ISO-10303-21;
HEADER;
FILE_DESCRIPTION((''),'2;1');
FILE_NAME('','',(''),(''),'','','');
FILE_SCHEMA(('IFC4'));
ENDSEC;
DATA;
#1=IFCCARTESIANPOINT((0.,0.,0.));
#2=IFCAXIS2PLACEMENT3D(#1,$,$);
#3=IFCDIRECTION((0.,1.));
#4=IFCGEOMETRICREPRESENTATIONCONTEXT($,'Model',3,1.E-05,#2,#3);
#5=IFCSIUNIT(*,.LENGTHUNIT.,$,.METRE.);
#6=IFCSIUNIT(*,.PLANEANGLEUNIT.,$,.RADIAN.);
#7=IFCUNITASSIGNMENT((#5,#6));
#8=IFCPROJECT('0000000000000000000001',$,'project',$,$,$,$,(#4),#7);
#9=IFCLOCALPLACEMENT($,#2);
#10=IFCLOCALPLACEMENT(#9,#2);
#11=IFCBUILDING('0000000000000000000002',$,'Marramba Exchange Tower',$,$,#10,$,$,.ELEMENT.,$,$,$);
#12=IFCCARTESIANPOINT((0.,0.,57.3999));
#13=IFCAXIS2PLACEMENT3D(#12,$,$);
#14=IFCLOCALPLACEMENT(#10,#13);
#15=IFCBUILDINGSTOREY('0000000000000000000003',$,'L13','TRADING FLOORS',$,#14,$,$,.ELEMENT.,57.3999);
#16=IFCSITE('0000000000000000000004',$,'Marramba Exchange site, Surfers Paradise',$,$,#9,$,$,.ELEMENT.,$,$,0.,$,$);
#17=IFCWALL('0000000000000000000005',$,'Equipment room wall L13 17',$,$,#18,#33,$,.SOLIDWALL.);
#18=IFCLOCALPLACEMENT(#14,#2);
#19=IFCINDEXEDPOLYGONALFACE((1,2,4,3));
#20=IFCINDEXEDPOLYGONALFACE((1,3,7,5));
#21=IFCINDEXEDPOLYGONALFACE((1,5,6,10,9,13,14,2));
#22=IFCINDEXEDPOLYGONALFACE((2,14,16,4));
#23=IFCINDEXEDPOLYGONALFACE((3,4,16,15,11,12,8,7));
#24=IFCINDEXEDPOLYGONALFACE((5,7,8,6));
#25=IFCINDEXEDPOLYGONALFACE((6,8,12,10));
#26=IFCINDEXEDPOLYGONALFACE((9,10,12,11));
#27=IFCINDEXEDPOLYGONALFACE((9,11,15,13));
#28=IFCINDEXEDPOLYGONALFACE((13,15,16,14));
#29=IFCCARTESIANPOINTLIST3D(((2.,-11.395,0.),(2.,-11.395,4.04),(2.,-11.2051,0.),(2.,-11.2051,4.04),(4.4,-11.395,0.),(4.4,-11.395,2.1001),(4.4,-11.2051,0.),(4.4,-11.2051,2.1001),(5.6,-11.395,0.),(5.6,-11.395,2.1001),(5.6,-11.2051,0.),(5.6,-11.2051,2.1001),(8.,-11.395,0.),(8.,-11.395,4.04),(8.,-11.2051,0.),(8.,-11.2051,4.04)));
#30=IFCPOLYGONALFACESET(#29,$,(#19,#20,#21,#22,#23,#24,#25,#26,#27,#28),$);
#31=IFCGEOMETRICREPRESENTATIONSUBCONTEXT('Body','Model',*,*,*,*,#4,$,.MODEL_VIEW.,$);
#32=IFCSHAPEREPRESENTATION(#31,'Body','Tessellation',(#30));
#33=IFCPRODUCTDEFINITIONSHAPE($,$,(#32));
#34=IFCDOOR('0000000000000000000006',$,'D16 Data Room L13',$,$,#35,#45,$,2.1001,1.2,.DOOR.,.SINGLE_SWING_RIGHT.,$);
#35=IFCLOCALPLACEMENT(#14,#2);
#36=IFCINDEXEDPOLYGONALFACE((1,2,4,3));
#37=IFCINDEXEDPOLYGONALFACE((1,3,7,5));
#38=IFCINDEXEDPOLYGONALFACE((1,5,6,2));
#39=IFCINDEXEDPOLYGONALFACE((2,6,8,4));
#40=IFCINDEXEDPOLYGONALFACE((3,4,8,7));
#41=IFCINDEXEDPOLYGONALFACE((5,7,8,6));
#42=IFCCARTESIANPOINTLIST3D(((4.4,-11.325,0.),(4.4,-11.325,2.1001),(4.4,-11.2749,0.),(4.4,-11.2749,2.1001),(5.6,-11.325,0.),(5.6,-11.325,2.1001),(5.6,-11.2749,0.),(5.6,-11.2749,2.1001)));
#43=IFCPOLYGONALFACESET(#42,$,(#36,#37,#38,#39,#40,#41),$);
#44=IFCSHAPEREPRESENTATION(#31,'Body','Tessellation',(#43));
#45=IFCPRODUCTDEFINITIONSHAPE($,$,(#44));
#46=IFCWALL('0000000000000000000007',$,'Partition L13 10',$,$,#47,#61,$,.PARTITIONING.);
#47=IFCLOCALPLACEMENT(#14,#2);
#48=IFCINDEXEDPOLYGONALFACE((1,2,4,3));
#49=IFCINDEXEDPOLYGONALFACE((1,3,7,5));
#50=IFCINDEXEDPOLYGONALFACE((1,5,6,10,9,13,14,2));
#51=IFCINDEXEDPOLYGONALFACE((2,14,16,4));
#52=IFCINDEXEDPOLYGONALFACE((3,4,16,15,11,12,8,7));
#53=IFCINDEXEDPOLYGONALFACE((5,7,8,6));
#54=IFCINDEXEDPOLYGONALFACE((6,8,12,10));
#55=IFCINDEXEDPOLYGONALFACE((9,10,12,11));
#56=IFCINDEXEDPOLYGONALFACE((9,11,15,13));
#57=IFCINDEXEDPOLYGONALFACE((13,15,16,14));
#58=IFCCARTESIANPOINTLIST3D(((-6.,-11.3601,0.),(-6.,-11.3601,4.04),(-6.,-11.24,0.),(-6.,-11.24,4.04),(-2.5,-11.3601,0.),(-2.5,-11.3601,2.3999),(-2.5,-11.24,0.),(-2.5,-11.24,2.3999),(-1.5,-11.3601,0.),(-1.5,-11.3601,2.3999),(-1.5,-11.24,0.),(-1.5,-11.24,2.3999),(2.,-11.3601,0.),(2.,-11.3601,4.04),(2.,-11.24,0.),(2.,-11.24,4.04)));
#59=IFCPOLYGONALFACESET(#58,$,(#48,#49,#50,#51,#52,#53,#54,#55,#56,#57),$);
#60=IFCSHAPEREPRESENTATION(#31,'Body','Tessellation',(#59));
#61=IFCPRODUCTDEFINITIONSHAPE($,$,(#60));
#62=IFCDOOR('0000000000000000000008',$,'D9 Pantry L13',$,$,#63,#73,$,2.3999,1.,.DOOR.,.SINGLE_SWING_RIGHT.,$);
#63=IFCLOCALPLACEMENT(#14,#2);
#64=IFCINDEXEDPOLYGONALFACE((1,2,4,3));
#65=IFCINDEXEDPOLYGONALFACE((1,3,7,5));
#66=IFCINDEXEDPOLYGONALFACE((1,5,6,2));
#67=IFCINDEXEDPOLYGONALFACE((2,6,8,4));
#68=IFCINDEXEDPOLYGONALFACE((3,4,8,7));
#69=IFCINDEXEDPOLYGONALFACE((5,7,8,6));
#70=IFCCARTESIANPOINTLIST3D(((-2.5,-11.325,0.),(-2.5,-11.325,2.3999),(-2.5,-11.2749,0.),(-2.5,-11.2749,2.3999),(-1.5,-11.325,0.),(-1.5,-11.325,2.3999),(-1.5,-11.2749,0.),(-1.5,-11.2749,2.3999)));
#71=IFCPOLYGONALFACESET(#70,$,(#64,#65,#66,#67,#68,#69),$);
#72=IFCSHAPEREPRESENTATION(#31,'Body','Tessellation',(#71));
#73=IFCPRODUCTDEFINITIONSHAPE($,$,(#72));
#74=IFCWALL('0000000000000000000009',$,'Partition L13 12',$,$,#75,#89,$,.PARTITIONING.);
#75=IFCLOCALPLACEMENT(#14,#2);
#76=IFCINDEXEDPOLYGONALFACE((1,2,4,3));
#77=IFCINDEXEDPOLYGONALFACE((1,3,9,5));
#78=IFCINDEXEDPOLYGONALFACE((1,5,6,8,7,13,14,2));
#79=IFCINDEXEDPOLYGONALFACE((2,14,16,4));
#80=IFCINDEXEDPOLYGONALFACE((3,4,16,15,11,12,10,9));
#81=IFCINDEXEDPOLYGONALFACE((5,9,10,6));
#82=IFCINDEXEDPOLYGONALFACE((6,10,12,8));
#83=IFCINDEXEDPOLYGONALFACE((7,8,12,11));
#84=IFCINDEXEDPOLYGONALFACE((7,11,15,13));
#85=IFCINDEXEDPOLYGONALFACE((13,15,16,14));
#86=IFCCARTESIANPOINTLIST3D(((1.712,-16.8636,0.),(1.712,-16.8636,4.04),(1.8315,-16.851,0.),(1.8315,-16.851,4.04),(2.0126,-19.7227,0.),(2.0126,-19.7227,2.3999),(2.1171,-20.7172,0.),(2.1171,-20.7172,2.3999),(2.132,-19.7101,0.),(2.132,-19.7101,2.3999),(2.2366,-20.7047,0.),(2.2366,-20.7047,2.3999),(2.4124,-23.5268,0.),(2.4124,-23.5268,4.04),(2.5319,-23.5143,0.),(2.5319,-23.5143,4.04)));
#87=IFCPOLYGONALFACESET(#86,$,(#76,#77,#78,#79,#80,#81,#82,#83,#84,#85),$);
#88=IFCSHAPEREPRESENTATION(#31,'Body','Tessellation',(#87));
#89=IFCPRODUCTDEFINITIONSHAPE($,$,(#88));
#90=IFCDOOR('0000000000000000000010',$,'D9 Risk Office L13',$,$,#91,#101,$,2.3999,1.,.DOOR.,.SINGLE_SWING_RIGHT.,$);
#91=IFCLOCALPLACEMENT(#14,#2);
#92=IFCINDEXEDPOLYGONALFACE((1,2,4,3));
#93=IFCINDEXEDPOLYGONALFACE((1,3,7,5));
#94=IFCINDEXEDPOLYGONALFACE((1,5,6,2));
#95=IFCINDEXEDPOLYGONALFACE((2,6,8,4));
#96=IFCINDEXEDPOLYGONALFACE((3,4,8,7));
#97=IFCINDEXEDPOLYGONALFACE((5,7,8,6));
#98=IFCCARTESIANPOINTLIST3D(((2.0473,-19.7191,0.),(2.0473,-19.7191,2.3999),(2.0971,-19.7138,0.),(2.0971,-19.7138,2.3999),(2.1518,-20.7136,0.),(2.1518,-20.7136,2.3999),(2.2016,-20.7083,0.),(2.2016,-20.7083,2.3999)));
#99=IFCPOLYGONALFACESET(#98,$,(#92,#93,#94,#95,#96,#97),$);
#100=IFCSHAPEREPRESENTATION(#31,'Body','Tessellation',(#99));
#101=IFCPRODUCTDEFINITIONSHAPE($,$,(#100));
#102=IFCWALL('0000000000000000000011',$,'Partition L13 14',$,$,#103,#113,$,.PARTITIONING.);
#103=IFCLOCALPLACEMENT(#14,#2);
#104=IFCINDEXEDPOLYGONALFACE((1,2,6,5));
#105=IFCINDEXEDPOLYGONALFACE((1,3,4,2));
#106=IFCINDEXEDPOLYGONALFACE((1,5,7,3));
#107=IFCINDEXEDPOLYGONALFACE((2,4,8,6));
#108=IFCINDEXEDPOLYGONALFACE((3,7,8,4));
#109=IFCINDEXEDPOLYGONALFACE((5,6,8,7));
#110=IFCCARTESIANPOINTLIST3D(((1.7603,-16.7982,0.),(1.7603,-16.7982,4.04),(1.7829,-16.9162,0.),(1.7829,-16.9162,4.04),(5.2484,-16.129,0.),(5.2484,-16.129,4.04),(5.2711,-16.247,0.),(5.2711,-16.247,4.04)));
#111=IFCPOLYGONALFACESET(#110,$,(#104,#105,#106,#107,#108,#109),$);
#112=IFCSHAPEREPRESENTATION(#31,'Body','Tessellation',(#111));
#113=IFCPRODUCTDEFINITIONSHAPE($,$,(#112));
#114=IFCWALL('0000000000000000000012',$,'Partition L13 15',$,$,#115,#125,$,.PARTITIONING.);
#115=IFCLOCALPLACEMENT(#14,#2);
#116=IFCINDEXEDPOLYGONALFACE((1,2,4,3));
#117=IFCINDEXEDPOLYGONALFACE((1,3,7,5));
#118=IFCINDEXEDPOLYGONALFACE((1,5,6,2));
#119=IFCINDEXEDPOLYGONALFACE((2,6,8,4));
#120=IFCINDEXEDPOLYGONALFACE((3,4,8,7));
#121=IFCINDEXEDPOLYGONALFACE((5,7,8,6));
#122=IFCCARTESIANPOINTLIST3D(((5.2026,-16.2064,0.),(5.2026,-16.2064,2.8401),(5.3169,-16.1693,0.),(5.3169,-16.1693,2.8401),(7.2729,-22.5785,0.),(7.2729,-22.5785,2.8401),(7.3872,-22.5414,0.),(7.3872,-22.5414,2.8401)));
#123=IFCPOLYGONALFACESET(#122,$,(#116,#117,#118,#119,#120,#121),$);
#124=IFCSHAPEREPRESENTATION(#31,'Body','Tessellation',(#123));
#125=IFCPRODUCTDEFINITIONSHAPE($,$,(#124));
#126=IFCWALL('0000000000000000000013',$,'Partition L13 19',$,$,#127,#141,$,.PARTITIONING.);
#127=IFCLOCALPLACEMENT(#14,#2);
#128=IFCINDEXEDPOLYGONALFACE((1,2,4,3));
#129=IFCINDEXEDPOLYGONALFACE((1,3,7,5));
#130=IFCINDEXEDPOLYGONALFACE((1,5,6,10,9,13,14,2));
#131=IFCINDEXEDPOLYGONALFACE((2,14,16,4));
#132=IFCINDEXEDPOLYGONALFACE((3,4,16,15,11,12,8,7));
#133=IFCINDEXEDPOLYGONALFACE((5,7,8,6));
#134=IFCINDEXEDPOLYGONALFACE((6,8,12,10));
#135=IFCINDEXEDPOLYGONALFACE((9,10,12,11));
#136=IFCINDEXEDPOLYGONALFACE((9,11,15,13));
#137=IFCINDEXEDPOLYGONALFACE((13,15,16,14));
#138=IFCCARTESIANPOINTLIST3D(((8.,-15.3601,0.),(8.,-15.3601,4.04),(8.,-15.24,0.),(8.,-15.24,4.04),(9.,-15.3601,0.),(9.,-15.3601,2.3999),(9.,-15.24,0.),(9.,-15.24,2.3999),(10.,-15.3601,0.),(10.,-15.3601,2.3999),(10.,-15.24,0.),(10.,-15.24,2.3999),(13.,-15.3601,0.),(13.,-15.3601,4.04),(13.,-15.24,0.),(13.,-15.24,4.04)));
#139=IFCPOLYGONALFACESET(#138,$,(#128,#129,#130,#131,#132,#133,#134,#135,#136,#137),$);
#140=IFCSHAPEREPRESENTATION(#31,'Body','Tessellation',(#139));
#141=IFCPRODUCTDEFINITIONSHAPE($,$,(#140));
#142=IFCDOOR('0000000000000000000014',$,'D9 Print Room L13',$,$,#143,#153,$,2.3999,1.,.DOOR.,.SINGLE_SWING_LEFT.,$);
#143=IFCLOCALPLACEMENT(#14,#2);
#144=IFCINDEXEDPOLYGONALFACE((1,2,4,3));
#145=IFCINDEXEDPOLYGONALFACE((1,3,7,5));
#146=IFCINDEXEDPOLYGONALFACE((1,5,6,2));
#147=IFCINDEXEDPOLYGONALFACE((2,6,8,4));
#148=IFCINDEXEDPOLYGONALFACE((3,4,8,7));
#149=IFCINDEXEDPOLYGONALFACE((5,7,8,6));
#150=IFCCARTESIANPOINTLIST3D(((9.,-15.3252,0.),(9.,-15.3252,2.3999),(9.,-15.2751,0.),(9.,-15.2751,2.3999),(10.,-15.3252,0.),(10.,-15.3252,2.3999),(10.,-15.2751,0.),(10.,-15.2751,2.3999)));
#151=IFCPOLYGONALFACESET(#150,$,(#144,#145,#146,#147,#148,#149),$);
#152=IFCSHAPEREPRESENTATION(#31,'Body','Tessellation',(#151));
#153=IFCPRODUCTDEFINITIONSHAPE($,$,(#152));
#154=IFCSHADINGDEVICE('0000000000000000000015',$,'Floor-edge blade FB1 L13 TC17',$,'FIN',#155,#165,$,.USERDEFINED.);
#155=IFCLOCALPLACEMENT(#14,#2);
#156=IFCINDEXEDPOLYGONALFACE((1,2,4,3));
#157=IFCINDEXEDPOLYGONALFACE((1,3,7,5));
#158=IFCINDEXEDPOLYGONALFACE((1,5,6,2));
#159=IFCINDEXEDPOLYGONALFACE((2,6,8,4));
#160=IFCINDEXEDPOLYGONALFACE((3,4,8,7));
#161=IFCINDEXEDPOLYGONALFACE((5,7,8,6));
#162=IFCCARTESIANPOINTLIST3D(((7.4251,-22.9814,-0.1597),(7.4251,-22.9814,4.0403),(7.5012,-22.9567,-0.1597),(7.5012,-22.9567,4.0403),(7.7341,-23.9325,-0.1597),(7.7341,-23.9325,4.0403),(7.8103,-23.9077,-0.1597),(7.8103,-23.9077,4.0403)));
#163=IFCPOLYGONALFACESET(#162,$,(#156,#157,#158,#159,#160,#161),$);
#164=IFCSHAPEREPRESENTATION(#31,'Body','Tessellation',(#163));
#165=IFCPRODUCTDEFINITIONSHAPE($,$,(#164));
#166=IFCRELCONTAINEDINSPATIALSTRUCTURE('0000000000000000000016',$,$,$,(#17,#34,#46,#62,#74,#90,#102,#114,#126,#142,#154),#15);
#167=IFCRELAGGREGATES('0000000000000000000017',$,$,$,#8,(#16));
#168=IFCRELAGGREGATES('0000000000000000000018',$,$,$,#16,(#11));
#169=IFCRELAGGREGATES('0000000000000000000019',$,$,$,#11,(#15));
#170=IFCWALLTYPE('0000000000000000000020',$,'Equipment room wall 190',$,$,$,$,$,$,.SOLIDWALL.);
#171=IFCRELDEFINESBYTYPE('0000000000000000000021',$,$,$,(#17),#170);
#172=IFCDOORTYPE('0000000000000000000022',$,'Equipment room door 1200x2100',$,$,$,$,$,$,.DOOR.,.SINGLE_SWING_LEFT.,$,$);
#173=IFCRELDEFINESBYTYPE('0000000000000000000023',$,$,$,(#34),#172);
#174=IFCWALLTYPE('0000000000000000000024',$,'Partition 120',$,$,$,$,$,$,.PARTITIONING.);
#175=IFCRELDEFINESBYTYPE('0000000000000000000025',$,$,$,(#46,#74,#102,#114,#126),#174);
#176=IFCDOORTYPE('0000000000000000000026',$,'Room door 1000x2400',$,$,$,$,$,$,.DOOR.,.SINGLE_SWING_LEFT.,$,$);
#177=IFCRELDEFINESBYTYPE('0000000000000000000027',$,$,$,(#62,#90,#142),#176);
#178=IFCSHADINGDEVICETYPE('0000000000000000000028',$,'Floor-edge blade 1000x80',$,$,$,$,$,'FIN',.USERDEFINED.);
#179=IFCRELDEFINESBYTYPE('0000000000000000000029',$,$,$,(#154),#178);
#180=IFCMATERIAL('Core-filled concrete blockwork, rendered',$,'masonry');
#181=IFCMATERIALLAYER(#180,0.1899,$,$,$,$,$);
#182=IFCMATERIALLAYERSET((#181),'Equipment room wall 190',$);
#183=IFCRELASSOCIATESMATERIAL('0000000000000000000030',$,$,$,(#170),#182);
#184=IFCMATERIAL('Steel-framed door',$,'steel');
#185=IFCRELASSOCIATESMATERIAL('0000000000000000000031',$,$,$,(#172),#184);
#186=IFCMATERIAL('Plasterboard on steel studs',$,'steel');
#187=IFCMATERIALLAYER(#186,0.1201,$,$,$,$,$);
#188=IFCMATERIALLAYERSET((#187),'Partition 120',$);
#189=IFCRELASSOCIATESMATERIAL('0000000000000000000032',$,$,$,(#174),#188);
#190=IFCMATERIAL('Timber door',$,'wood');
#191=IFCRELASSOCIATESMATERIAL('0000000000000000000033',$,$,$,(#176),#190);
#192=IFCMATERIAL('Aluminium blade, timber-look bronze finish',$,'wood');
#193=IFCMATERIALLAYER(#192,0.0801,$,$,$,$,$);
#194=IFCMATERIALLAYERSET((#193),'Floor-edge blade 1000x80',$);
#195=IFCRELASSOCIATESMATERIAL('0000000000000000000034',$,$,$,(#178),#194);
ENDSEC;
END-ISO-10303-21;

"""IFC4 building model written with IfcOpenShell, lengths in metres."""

from ifc_helpers import new_model, si_unit, direction, frame, frame_2d, origin, origin_2d, place, context, subcontext, project, spatial, rectangle, extrude, material, layer, layer_set, type_object, element, fill, save


model = new_model("IFC4")

# Units and contexts
model_context = context("Model", 3, precision=1e-05, world=origin(), true_north=direction((0.0, 1.0)))
body_context = subcontext(model_context, "Body", "Model", "MODEL_VIEW")
ifc_project = project(units=[si_unit("LENGTHUNIT", "METRE"), si_unit("PLANEANGLEUNIT", "RADIAN")], contexts=[model_context])

# Site, building, storey
site_placement = place(None, origin())
site = spatial("IfcSite", under=ifc_project, at=site_placement, Name="Marramba Exchange site, Surfers Paradise", CompositionType="ELEMENT", RefElevation=0.0)
building_placement = place(site_placement, origin())
building = spatial("IfcBuilding", under=site, at=building_placement, Name="Marramba Exchange Tower", CompositionType="ELEMENT")
storey_placement = place(building_placement, frame((0.0, 0.0, 57.3999)))
storey = spatial("IfcBuildingStorey", under=building, at=storey_placement, Name="L13", Description="TRADING FLOORS", CompositionType="ELEMENT", Elevation=57.3999)

# Shared definitions
ifc_material_1 = material(Name="Core-filled concrete blockwork, rendered", Category="masonry")
ifc_layer_1 = layer(ifc_material_1, 0.1899)
ifc_layer_set_1 = layer_set([ifc_layer_1], Name="Equipment room wall 190")
wall_type_1 = type_object("IfcWallType", Name="Equipment room wall 190", PredefinedType="SOLIDWALL", material=ifc_layer_set_1)

# Walls, openings, doors
wall_1_placement = place(storey_placement, frame((8.0, -11.3, 0.0), z_axis=(0.0, 0.0, 1.0), x_axis=(-1.0, 0.0, 0.0)))
wall_1 = element("IfcWall", 1, at=wall_1_placement, inside=storey, type_object=wall_type_1, Name="Equipment room wall L13 17", PredefinedType="SOLIDWALL", context=body_context, shape_type="SweptSolid", body=[
    extrude(rectangle(XDim=6.0, YDim=0.1899, at=frame_2d((3.0, 0.0))), origin(), (0.0, 0.0, 1.0), 4.04),
])
opening_1_placement = place(wall_1_placement, frame((2.3999, 0.0, 0.0)))
opening_1 = element("IfcOpeningElement", 2, at=opening_1_placement, cuts=wall_1, PredefinedType="OPENING", context=body_context, shape_type="SweptSolid", body=[
    extrude(rectangle(XDim=1.2, YDim=2.1001, at=frame_2d((0.6001, 1.05))), frame((0.0, 0.105, 0.0), z_axis=(0.0, -1.0, 0.0), x_axis=(1.0, 0.0, 0.0)), (0.0, 0.0, 1.0), 0.21),
])
ifc_material_2 = material(Name="Steel-framed door", Category="steel")
door_type_1 = type_object("IfcDoorType", Name="Equipment room door 1200x2100", OperationType="SINGLE_SWING_LEFT", PredefinedType="DOOR", material=ifc_material_2)
door_1_placement = place(opening_1_placement, origin())
door_1 = element("IfcDoor", 3, at=door_1_placement, inside=storey, type_object=door_type_1, Name="D16 Data Room L13", OperationType="SINGLE_SWING_RIGHT", OverallHeight=2.1001, OverallWidth=1.2, PredefinedType="DOOR", context=body_context, shape_type="SweptSolid", body=[
    extrude(rectangle(XDim=1.2, YDim=2.1001, at=frame_2d((0.6001, 1.05))), frame((0.0, 0.0249, 0.0), z_axis=(0.0, -1.0, 0.0), x_axis=(1.0, 0.0, 0.0)), (0.0, 0.0, 1.0), 0.05),
])
fill(opening_1, door_1)
ifc_material_3 = material(Name="Plasterboard on steel studs", Category="steel")
ifc_layer_2 = layer(ifc_material_3, 0.1201)
ifc_layer_set_2 = layer_set([ifc_layer_2], Name="Partition 120")
wall_type_2 = type_object("IfcWallType", Name="Partition 120", PredefinedType="PARTITIONING", material=ifc_layer_set_2)
wall_2_placement = place(storey_placement, frame((2.0, -11.3, 0.0), z_axis=(0.0, 0.0, 1.0), x_axis=(-1.0, 0.0, 0.0)))
wall_2 = element("IfcWall", 4, at=wall_2_placement, inside=storey, type_object=wall_type_2, Name="Partition L13 10", PredefinedType="PARTITIONING", context=body_context, shape_type="SweptSolid", body=[
    extrude(rectangle(XDim=8.0, YDim=0.1201, at=frame_2d((4.0, 0.0))), origin(), (0.0, 0.0, 1.0), 4.04),
])
opening_2_placement = place(wall_2_placement, frame((3.5, 0.0, 0.0)))
opening_2 = element("IfcOpeningElement", 5, at=opening_2_placement, cuts=wall_2, PredefinedType="OPENING", context=body_context, shape_type="SweptSolid", body=[
    extrude(rectangle(XDim=1.0, YDim=2.3999, at=frame_2d((0.5, 1.2))), frame((0.0, 0.0701, 0.0), z_axis=(0.0, -1.0, 0.0), x_axis=(1.0, 0.0, 0.0)), (0.0, 0.0, 1.0), 0.1401),
])
ifc_material_4 = material(Name="Timber door", Category="wood")
door_type_2 = type_object("IfcDoorType", Name="Room door 1000x2400", OperationType="SINGLE_SWING_LEFT", PredefinedType="DOOR", material=ifc_material_4)
door_2_placement = place(opening_2_placement, origin())
door_2 = element("IfcDoor", 6, at=door_2_placement, inside=storey, type_object=door_type_2, Name="D9 Pantry L13", OperationType="SINGLE_SWING_RIGHT", OverallHeight=2.3999, OverallWidth=1.0, PredefinedType="DOOR", context=body_context, shape_type="SweptSolid", body=[
    extrude(rectangle(XDim=1.0, YDim=2.3999, at=frame_2d((0.5, 1.2))), frame((0.0, 0.0249, 0.0), z_axis=(0.0, -1.0, 0.0), x_axis=(1.0, 0.0, 0.0)), (0.0, 0.0, 1.0), 0.05),
])
fill(opening_2, door_2)
wall_3_placement = place(storey_placement, frame((1.7717, -16.8572, 0.0), z_axis=(0.0, 0.0, 1.0), x_axis=(0.104543, -0.99452, 0.0)))
wall_3 = element("IfcWall", 7, at=wall_3_placement, inside=storey, type_object=wall_type_2, Name="Partition L13 12", PredefinedType="PARTITIONING", context=body_context, shape_type="SweptSolid", body=[
    extrude(rectangle(XDim=6.7, YDim=0.1201, at=frame_2d((3.3501, 0.0))), origin(), (0.0, 0.0, 1.0), 4.04),
])
opening_3_placement = place(wall_3_placement, frame((2.875, 0.0, 0.0)))
opening_3 = element("IfcOpeningElement", 8, at=opening_3_placement, cuts=wall_3, PredefinedType="OPENING", context=body_context, shape_type="SweptSolid", body=[
    extrude(rectangle(XDim=1.0, YDim=2.3999, at=frame_2d((0.5, 1.2))), frame((0.0, 0.0701, 0.0), z_axis=(0.0, -1.0, 0.0), x_axis=(1.0, 0.0, 0.0)), (0.0, 0.0, 1.0), 0.1401),
])
door_3_placement = place(opening_3_placement, origin())
door_3 = element("IfcDoor", 9, at=door_3_placement, inside=storey, type_object=door_type_2, Name="D9 Risk Office L13", OperationType="SINGLE_SWING_RIGHT", OverallHeight=2.3999, OverallWidth=1.0, PredefinedType="DOOR", context=body_context, shape_type="SweptSolid", body=[
    extrude(rectangle(XDim=1.0, YDim=2.3999, at=frame_2d((0.5, 1.2))), frame((0.0, 0.0249, 0.0), z_axis=(0.0, -1.0, 0.0), x_axis=(1.0, 0.0, 0.0)), (0.0, 0.0, 1.0), 0.05),
])
fill(opening_3, door_3)

# Walls
wall_4_placement = place(storey_placement, frame((5.2598, -16.188, 0.0), z_axis=(0.0, 0.0, 1.0), x_axis=(-0.982089, -0.188416, 0.0)))
element("IfcWall", 10, at=wall_4_placement, inside=storey, type_object=wall_type_2, Name="Partition L13 14", PredefinedType="PARTITIONING", context=body_context, shape_type="SweptSolid", body=[
    extrude(rectangle(XDim=3.5518, YDim=0.1201, at=frame_2d((1.7759, 0.0))), origin(), (0.0, 0.0, 1.0), 4.04),
])
wall_5_placement = place(storey_placement, frame((7.3301, -22.5601, 0.0), z_axis=(0.0, 0.0, 1.0), x_axis=(-0.309004, 0.951061, 0.0)))
element("IfcWall", 11, at=wall_5_placement, inside=storey, type_object=wall_type_2, Name="Partition L13 15", PredefinedType="PARTITIONING", context=body_context, shape_type="SweptSolid", body=[
    extrude(rectangle(XDim=6.7, YDim=0.1201, at=frame_2d((3.3501, 0.0))), origin(), (0.0, 0.0, 1.0), 2.8401),
])

# Wall, opening, door
wall_6_placement = place(storey_placement, frame((8.0, -15.3, 0.0), z_axis=(0.0, 0.0, 1.0), x_axis=(1.0, 0.0, 0.0)))
wall_6 = element("IfcWall", 12, at=wall_6_placement, inside=storey, type_object=wall_type_2, Name="Partition L13 19", PredefinedType="PARTITIONING", context=body_context, shape_type="SweptSolid", body=[
    extrude(rectangle(XDim=5.0, YDim=0.1201, at=frame_2d((2.5, 0.0))), origin(), (0.0, 0.0, 1.0), 4.04),
])
opening_4_placement = place(wall_6_placement, frame((1.0, 0.0, 0.0)))
opening_4 = element("IfcOpeningElement", 13, at=opening_4_placement, cuts=wall_6, PredefinedType="OPENING", context=body_context, shape_type="SweptSolid", body=[
    extrude(rectangle(XDim=1.0, YDim=2.3999, at=frame_2d((0.5, 1.2))), frame((0.0, 0.0701, 0.0), z_axis=(0.0, -1.0, 0.0), x_axis=(1.0, 0.0, 0.0)), (0.0, 0.0, 1.0), 0.1401),
])
door_4_placement = place(opening_4_placement, origin())
door_4 = element("IfcDoor", 14, at=door_4_placement, inside=storey, type_object=door_type_2, Name="D9 Print Room L13", OperationType="SINGLE_SWING_LEFT", OverallHeight=2.3999, OverallWidth=1.0, PredefinedType="DOOR", context=body_context, shape_type="SweptSolid", body=[
    extrude(rectangle(XDim=1.0, YDim=2.3999, at=frame_2d((0.5, 1.2))), frame((0.0, 0.0249, 0.0), z_axis=(0.0, -1.0, 0.0), x_axis=(1.0, 0.0, 0.0)), (0.0, 0.0, 1.0), 0.05),
])
fill(opening_4, door_4)

# Shading device
ifc_material_5 = material(Name="Aluminium blade, timber-look bronze finish", Category="wood")
ifc_layer_3 = layer(ifc_material_5, 0.0801)
ifc_layer_set_3 = layer_set([ifc_layer_3], Name="Floor-edge blade 1000x80")
shading_device_type_1 = type_object("IfcShadingDeviceType", Name="Floor-edge blade 1000x80", ElementType="FIN", PredefinedType="USERDEFINED", material=ifc_layer_set_3)
shading_device_1_placement = place(storey_placement, frame((7.6177, -23.4446, -0.1597), z_axis=(0.0, 0.0, 1.0), x_axis=(0.309017, -0.951057, 0.0)))
element("IfcShadingDevice", 15, at=shading_device_1_placement, inside=storey, type_object=shading_device_type_1, Name="Floor-edge blade FB1 L13 TC17", ObjectType="FIN", PredefinedType="USERDEFINED", context=body_context, shape_type="SweptSolid", body=[
    extrude(rectangle(XDim=1.0, YDim=0.0801, at=origin_2d()), origin(), (0.0, 0.0, 1.0), 4.2),
])

save(model, "model.ifc")
